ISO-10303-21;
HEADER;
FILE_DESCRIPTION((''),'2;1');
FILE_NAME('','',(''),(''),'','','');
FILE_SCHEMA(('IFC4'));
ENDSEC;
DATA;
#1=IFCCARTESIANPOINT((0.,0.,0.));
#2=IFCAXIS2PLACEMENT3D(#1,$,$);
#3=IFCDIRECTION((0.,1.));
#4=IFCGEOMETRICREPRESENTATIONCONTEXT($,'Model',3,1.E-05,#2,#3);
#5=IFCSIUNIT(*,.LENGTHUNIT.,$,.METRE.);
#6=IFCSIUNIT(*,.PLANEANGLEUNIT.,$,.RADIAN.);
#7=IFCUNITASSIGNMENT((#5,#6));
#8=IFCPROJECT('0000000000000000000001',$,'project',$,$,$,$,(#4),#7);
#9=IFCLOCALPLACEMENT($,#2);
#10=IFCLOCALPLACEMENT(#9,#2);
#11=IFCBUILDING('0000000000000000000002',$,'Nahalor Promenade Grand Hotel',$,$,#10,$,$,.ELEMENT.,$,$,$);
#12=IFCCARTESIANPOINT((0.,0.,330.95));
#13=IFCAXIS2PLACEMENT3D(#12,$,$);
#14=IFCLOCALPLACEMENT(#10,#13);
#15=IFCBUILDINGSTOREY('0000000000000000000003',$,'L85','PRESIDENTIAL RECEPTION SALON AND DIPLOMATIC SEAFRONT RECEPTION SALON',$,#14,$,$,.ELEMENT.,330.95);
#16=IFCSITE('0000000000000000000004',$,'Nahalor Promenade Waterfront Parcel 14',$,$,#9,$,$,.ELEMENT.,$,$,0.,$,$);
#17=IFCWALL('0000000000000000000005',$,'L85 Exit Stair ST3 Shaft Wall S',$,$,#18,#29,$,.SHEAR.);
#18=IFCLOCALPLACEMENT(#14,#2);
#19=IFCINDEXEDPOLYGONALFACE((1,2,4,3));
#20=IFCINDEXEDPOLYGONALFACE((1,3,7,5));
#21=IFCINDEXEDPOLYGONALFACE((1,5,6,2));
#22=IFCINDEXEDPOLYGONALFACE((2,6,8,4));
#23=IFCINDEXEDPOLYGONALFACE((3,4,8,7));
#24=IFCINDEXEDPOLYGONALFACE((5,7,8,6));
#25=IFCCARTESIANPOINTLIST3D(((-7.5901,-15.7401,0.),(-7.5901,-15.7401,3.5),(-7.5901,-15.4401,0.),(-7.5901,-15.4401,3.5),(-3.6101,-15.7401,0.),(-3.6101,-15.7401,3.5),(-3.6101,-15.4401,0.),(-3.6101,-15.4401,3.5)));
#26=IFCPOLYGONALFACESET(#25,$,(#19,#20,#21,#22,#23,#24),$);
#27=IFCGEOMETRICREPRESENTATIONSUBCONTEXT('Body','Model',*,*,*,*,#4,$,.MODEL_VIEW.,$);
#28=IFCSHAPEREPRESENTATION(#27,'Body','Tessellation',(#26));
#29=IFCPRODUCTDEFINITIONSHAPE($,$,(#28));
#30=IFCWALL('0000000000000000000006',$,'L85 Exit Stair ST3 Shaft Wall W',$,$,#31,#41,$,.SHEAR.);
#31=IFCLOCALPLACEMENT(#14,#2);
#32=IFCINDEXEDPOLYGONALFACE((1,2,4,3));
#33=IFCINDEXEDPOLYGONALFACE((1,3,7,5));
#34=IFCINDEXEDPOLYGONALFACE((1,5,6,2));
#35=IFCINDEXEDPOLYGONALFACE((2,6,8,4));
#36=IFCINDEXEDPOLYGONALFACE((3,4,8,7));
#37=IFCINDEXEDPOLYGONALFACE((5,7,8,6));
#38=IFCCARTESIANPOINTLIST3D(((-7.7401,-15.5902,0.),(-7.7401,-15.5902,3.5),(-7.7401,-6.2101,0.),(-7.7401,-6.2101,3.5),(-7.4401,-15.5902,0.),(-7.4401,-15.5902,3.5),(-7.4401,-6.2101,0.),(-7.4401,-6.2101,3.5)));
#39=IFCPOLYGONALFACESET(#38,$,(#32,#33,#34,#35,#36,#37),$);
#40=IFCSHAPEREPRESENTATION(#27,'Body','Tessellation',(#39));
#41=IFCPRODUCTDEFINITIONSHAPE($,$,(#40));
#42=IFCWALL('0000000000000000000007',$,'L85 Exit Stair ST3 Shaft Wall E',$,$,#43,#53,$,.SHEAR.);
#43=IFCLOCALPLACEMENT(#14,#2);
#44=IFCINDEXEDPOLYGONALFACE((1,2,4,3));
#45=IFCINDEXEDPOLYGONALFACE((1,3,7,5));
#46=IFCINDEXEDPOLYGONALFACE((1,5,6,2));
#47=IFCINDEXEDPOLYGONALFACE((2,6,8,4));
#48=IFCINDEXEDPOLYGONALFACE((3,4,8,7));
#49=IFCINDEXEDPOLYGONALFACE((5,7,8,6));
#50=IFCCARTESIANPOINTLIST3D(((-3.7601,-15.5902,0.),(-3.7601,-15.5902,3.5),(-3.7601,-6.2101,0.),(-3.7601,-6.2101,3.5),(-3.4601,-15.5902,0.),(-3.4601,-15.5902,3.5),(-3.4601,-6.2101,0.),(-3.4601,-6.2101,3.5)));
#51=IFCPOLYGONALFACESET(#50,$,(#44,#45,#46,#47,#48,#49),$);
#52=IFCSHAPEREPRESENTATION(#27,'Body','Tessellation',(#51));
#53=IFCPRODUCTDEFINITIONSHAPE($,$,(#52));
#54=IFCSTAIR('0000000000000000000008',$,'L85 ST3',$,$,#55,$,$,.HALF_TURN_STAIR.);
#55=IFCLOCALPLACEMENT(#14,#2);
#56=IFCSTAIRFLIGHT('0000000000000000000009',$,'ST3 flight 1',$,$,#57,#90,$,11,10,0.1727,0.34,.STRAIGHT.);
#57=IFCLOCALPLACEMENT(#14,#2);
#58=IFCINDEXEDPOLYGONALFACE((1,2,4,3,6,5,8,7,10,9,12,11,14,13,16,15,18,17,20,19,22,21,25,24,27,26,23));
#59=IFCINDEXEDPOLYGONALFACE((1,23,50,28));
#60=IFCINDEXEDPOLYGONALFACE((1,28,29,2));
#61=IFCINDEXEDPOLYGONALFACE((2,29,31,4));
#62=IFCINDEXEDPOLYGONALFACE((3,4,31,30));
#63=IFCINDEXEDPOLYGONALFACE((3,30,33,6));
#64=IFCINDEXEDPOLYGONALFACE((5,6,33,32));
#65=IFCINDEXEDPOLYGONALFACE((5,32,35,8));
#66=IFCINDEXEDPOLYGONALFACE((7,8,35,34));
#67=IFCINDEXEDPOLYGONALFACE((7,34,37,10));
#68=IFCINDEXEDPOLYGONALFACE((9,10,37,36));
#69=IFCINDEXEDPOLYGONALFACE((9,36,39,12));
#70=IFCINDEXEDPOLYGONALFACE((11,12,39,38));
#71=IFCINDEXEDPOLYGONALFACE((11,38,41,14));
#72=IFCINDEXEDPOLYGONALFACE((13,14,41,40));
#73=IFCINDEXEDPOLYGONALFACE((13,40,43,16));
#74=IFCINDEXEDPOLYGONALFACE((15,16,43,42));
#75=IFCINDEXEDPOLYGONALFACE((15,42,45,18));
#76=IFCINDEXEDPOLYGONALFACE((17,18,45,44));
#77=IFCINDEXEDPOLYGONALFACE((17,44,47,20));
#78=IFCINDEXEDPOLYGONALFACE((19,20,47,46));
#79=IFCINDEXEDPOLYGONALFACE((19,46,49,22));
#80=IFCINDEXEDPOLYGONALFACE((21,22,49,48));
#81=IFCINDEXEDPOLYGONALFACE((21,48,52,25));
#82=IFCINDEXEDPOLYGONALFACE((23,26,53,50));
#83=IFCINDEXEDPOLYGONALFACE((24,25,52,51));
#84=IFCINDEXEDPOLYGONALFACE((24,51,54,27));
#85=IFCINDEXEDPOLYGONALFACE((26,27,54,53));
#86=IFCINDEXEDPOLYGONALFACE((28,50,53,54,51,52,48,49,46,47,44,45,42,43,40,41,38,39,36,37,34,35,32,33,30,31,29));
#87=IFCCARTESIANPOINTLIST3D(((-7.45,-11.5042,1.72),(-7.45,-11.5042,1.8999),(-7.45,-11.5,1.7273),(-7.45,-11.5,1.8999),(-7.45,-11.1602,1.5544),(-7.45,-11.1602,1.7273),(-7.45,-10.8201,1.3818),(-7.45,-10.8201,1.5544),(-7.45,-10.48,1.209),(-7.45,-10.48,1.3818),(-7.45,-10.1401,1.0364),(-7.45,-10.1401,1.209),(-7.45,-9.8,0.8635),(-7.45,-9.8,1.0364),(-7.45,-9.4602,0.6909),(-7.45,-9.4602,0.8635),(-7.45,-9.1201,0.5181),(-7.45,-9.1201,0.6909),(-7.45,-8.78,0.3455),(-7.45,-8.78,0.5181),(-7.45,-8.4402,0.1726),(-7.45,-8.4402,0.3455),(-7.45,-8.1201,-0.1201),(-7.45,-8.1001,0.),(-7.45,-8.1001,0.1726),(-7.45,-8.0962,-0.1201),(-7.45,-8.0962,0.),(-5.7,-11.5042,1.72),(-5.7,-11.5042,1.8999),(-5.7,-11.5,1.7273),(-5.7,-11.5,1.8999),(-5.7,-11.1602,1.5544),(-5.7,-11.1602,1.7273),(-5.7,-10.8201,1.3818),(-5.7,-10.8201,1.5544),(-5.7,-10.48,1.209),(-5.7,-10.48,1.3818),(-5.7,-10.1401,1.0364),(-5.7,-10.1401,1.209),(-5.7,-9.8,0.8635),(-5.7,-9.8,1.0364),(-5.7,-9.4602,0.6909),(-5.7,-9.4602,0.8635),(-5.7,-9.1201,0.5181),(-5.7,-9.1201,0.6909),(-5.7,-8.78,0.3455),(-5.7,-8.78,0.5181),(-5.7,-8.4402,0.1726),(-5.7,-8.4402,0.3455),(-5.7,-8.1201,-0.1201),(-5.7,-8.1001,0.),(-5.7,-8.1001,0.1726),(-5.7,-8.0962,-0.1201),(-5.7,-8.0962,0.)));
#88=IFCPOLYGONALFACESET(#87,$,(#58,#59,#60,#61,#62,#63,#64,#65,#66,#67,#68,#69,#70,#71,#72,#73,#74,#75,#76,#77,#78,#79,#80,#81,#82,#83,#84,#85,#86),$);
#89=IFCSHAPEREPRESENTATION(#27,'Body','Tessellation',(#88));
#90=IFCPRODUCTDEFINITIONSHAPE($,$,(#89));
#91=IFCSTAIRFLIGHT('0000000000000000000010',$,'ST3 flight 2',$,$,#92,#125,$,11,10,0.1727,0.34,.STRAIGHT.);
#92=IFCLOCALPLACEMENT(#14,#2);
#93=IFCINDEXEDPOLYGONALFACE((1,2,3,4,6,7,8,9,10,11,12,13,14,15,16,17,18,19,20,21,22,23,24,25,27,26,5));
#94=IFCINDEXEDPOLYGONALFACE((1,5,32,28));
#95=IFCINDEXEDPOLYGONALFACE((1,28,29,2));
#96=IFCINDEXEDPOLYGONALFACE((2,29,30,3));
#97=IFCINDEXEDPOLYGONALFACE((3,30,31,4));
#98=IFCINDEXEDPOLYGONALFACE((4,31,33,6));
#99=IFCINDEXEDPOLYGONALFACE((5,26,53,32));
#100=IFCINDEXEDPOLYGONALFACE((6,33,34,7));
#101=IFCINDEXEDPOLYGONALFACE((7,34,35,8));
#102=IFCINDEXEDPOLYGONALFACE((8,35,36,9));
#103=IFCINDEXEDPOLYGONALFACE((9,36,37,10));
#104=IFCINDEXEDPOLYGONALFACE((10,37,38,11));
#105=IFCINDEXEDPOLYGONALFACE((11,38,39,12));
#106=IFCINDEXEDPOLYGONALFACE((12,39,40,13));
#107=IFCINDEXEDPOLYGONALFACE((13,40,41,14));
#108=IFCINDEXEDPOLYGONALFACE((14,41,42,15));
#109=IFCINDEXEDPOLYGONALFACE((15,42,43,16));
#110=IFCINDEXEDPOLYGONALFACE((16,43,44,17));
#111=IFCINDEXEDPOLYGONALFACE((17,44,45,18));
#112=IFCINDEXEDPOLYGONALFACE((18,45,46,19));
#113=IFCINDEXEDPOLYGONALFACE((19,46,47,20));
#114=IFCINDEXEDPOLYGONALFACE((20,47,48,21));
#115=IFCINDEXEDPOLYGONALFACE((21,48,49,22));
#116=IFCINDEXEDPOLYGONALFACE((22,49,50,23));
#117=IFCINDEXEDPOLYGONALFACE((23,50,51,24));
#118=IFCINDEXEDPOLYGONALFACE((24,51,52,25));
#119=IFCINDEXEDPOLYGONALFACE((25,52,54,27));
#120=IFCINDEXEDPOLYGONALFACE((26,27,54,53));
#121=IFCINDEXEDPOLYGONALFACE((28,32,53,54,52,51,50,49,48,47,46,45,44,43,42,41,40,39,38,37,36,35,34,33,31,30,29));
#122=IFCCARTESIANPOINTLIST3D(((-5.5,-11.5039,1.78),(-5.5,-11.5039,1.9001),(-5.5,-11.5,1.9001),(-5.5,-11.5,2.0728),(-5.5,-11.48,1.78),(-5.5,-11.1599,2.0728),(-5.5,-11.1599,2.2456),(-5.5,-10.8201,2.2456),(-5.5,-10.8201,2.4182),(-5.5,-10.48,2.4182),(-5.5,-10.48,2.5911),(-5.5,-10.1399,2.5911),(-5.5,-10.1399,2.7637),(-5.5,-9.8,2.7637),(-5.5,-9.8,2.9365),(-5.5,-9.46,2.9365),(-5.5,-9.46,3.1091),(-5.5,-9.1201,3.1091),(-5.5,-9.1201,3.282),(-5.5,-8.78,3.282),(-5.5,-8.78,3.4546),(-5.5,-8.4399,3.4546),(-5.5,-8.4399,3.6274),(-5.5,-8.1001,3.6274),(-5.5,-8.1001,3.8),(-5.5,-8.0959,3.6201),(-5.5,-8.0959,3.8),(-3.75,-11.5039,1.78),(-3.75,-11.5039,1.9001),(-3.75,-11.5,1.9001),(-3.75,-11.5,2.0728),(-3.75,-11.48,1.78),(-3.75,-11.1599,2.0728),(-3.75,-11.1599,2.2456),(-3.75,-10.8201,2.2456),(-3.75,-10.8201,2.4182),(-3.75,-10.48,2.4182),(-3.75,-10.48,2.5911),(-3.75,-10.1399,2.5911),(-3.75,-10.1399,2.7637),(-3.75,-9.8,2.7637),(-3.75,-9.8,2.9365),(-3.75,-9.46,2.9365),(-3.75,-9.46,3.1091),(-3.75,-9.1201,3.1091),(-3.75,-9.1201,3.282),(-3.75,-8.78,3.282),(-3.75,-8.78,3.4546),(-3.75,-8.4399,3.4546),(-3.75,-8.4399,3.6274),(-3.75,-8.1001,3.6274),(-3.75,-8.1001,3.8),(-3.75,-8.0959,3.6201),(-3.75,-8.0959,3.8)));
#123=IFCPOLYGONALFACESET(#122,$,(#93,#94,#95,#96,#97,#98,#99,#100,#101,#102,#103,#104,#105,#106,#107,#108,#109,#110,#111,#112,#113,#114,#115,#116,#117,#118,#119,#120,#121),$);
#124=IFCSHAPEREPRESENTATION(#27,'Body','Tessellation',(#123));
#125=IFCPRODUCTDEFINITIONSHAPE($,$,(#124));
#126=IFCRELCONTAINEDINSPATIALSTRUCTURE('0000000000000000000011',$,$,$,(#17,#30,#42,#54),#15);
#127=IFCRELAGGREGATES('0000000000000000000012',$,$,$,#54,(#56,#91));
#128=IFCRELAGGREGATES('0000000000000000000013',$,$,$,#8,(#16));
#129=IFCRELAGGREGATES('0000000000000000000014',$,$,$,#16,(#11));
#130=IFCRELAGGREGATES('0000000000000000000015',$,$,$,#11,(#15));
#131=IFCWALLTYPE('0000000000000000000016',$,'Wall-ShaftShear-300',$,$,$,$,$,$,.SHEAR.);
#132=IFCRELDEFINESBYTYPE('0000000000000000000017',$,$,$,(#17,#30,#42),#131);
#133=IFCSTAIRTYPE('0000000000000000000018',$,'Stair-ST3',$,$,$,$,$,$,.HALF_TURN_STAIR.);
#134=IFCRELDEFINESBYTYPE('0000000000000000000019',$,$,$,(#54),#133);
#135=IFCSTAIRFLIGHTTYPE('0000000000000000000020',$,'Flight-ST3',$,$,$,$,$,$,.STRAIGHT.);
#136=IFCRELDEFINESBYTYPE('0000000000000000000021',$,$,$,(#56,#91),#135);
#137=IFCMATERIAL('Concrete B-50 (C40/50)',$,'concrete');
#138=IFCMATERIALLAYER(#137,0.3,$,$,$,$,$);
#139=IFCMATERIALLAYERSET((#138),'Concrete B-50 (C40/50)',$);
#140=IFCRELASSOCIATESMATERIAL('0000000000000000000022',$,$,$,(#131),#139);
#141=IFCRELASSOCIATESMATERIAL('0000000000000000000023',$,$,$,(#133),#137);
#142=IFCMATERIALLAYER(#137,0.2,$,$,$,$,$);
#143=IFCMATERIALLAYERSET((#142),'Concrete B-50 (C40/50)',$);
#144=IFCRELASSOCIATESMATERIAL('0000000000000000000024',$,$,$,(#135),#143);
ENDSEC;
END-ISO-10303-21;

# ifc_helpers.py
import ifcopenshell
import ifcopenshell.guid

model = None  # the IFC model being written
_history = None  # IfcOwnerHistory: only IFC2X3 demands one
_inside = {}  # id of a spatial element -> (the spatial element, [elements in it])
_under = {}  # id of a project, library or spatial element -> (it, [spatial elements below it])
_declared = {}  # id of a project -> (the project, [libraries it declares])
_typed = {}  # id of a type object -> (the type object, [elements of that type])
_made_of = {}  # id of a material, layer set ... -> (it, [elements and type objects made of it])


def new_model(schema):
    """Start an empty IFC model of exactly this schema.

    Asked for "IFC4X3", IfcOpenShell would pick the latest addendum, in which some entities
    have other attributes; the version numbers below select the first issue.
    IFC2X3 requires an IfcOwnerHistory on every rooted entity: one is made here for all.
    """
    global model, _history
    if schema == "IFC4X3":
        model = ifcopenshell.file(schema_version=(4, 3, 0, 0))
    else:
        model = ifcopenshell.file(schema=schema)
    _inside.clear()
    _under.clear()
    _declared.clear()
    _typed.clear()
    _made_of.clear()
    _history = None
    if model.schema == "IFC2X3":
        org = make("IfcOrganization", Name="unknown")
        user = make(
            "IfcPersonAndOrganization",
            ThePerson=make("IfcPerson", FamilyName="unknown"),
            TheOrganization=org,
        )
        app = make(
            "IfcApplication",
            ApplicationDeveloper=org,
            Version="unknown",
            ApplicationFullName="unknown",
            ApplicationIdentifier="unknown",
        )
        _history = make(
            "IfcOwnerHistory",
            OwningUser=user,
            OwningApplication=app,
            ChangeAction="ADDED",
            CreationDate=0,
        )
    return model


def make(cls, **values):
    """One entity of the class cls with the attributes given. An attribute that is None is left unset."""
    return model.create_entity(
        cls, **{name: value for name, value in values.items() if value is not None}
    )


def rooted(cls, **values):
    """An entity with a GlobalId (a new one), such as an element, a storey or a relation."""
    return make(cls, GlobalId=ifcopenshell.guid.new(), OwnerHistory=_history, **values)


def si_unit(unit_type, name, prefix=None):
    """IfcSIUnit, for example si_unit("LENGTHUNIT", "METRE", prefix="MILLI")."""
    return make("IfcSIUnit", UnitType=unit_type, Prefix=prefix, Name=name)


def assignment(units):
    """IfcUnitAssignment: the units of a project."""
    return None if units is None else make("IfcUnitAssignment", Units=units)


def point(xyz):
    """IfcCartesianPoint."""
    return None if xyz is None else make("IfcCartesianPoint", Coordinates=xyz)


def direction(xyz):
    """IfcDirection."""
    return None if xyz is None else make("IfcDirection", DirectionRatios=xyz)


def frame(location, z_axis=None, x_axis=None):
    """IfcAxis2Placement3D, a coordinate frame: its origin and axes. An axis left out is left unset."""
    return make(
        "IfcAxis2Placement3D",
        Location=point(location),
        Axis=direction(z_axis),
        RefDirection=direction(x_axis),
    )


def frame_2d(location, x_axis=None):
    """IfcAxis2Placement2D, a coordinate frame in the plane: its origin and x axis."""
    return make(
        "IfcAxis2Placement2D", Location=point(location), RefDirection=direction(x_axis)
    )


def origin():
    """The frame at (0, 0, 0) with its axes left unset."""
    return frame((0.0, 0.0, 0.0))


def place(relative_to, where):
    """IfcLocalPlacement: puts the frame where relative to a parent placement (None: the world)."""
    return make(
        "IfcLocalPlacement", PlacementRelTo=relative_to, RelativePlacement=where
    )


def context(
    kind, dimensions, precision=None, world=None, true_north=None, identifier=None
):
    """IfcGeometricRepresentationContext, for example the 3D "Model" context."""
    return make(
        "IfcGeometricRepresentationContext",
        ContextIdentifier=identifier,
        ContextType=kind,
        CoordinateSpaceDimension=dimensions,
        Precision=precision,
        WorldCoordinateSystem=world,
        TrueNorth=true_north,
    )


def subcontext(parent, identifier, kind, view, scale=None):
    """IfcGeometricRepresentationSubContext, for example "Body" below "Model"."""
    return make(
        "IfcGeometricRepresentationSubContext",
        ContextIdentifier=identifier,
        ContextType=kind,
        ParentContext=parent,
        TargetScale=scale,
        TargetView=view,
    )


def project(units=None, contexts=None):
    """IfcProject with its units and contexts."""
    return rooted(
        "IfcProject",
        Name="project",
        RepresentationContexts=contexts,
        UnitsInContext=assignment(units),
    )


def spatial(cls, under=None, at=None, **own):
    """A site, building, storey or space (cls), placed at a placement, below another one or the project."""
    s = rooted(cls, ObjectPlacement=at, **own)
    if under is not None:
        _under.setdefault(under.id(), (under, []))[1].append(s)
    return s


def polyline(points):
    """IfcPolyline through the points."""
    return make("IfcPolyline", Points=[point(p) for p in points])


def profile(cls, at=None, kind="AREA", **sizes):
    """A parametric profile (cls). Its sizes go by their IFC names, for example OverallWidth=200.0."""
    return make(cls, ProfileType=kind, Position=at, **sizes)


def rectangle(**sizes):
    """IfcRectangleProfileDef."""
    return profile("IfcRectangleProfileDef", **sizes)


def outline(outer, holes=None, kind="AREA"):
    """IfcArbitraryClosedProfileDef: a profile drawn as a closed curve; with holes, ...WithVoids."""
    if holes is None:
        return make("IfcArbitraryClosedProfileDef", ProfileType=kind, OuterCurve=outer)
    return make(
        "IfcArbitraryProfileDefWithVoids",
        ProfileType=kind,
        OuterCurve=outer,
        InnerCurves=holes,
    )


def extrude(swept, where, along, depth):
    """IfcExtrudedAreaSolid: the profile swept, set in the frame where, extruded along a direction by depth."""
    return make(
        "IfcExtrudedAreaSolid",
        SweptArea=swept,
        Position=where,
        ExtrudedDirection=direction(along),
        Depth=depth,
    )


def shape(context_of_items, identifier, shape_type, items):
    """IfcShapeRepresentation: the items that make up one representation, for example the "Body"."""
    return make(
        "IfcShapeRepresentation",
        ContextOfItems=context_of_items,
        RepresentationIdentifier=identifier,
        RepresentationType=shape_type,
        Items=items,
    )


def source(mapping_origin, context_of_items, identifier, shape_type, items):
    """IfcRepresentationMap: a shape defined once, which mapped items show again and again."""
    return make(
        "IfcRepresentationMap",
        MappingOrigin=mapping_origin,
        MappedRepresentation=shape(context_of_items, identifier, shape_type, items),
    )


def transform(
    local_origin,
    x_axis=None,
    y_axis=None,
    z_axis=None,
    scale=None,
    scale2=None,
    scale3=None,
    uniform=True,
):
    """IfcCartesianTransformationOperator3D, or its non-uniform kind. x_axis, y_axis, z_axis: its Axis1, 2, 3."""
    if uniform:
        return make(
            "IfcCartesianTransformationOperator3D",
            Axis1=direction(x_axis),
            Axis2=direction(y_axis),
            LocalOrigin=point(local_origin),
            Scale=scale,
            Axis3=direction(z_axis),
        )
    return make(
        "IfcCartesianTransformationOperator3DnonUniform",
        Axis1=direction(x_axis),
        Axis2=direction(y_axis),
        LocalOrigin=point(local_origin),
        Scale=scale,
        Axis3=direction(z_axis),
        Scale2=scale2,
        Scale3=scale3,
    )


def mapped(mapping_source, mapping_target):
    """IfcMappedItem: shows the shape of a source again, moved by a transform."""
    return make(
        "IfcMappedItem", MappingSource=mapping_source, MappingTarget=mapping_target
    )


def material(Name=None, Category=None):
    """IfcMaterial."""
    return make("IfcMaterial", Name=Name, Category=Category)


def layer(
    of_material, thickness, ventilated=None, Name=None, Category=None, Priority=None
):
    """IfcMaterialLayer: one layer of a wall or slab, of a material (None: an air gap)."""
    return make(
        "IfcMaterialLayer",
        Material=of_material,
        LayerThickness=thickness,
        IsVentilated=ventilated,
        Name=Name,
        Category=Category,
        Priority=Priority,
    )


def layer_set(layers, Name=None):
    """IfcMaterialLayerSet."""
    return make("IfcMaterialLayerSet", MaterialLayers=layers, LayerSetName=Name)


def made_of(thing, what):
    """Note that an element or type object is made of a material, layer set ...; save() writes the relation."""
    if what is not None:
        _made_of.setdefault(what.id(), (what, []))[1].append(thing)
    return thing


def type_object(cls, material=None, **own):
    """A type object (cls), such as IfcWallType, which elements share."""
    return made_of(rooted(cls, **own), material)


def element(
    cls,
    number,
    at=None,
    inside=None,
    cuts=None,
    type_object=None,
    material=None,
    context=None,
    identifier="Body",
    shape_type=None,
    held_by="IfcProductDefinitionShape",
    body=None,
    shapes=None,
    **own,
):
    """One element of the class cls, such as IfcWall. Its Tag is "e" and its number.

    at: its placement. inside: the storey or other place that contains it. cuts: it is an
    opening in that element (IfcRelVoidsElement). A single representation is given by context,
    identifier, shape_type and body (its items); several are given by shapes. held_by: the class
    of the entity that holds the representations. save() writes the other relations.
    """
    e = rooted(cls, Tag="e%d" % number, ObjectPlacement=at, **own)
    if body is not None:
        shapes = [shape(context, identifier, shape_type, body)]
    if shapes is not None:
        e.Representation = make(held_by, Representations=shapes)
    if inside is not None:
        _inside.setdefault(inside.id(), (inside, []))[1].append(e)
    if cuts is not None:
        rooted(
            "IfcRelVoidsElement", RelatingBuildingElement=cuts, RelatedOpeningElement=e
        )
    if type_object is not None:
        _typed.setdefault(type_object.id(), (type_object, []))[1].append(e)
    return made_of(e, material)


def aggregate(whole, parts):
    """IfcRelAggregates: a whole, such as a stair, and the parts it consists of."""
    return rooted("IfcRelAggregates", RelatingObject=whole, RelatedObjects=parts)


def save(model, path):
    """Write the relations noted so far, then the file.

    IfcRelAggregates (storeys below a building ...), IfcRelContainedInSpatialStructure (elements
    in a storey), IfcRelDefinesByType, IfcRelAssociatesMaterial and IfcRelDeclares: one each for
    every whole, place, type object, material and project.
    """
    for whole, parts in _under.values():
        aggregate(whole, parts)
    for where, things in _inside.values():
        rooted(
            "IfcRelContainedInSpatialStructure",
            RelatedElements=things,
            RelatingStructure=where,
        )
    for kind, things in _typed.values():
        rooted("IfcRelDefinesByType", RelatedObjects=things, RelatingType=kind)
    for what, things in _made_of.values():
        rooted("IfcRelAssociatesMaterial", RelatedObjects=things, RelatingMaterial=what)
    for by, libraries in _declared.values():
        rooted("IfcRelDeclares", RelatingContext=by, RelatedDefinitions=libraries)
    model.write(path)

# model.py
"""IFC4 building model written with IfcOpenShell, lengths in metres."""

from ifc_helpers import new_model, si_unit, direction, frame, frame_2d, origin, place, context, subcontext, project, spatial, polyline, rectangle, outline, extrude, source, transform, mapped, material, layer, layer_set, type_object, element, aggregate, save


model = new_model("IFC4")

# Units and contexts
model_context = context("Model", 3, precision=1e-05, world=origin(), true_north=direction((0.0, 1.0)))
body_context = subcontext(model_context, "Body", "Model", "MODEL_VIEW")
ifc_project = project(units=[si_unit("LENGTHUNIT", "METRE"), si_unit("PLANEANGLEUNIT", "RADIAN")], contexts=[model_context])

# Site, building, storey
site_placement = place(None, origin())
site = spatial("IfcSite", under=ifc_project, at=site_placement, Name="Nahalor Promenade Waterfront Parcel 14", CompositionType="ELEMENT", RefElevation=0.0)
building_placement = place(site_placement, origin())
building = spatial("IfcBuilding", under=site, at=building_placement, Name="Nahalor Promenade Grand Hotel", CompositionType="ELEMENT")
storey_placement = place(building_placement, frame((0.0, 0.0, 330.95)))
storey = spatial("IfcBuildingStorey", under=building, at=storey_placement, Name="L85", Description="PRESIDENTIAL RECEPTION SALON AND DIPLOMATIC SEAFRONT RECEPTION SALON", CompositionType="ELEMENT", Elevation=330.95)

# Shared definitions
ifc_material_1 = material(Name="Concrete B-50 (C40/50)", Category="concrete")

# Wall
ifc_layer_1 = layer(ifc_material_1, 0.3)
ifc_layer_set_1 = layer_set([ifc_layer_1], Name="Concrete B-50 (C40/50)")
wall_type = type_object("IfcWallType", Name="Wall-ShaftShear-300", PredefinedType="SHEAR", material=ifc_layer_set_1)
shared_shape_1 = source(origin(), body_context, "Body", "SweptSolid", [
    extrude(rectangle(XDim=3.98, YDim=0.3, at=frame_2d((1.99, 0.0))), origin(), (0.0, 0.0, 1.0), 3.5),
])
wall_1_placement = place(storey_placement, frame((-7.5901, -15.5901, 0.0), z_axis=(0.0, 0.0, 1.0), x_axis=(1.0, 0.0, 0.0)))
element("IfcWall", 1, at=wall_1_placement, inside=storey, type_object=wall_type, Name="L85 Exit Stair ST3 Shaft Wall S", PredefinedType="SHEAR", context=body_context, shape_type="MappedRepresentation", body=[
    mapped(shared_shape_1, transform((0.0, 0.0, 0.0), scale=1.0)),
])

# Walls
shared_shape_2 = source(origin(), body_context, "Body", "SweptSolid", [
    extrude(rectangle(XDim=9.3801, YDim=0.3, at=frame_2d((4.6899, 0.0))), origin(), (0.0, 0.0, 1.0), 3.5),
])
for number, where, z_axis, x_axis, name in (
    (2, (-7.5901, -15.5901, 0.0), (0.0, 0.0, 1.0), (0.0, 1.0, 0.0), "L85 Exit Stair ST3 Shaft Wall W"),
    (3, (-3.6101, -15.5901, 0.0), (0.0, 0.0, 1.0), (0.0, 1.0, 0.0), "L85 Exit Stair ST3 Shaft Wall E"),
):
    element("IfcWall", number, at=place(storey_placement, frame(where, z_axis=z_axis, x_axis=x_axis)), inside=storey, type_object=wall_type, Name=name, PredefinedType="SHEAR", context=body_context, shape_type="MappedRepresentation", body=[
        mapped(shared_shape_2, transform((0.0, 0.0, 0.0), scale=1.0)),
    ])

# Stair, stair flights
stair_type = type_object("IfcStairType", Name="Stair-ST3", PredefinedType="HALF_TURN_STAIR", material=ifc_material_1)
stair_placement = place(storey_placement, origin())
stair = element("IfcStair", 4, at=stair_placement, inside=storey, type_object=stair_type, Name="L85 ST3", PredefinedType="HALF_TURN_STAIR")
ifc_layer_2 = layer(ifc_material_1, 0.2)
ifc_layer_set_2 = layer_set([ifc_layer_2], Name="Concrete B-50 (C40/50)")
stair_flight_type = type_object("IfcStairFlightType", Name="Flight-ST3", PredefinedType="STRAIGHT", material=ifc_layer_set_2)
shared_shape_3 = source(origin(), body_context, "Body", "SweptSolid", [
    extrude(outline(polyline([(-0.0039, -0.1201), (-0.0039, 0.0), (0.0, 0.0), (0.0, 0.1726), (0.3401, 0.1726), (0.3401, 0.3455), (0.6799, 0.3455), (0.6799, 0.5181), (1.02, 0.5181), (1.02, 0.6909), (1.3601, 0.6909), (1.3601, 0.8635), (1.7, 0.8635), (1.7, 1.0364), (2.04, 1.0364), (2.04, 1.209), (2.3799, 1.209), (2.3799, 1.3818), (2.72, 1.3818), (2.72, 1.5544), (3.0601, 1.5544), (3.0601, 1.7273), (3.3999, 1.7273), (3.3999, 1.8999), (3.4041, 1.8999), (3.4041, 1.72), (0.02, -0.1201), (-0.0039, -0.1201)])), frame((0.0, 0.875, 0.0), z_axis=(0.0, -1.0, 0.0), x_axis=(1.0, 0.0, 0.0)), (0.0, 0.0, 1.0), 1.75),
])
stair_flight_1_placement = place(storey_placement, frame((-6.575, -8.1001, 0.0), z_axis=(0.0, 0.0, 1.0), x_axis=(0.0, -1.0, 0.0)))
stair_flight_1 = element("IfcStairFlight", 5, at=stair_flight_1_placement, type_object=stair_flight_type, Name="ST3 flight 1", NumberOfRisers=11, NumberOfTreads=10, PredefinedType="STRAIGHT", RiserHeight=0.1727, TreadLength=0.34, context=body_context, shape_type="MappedRepresentation", body=[
    mapped(shared_shape_3, transform((0.0, 0.0, 0.0), scale=1.0)),
])
stair_flight_2_placement = place(storey_placement, frame((-4.625, -11.5, 1.9001), z_axis=(0.0, 0.0, 1.0), x_axis=(0.0, 1.0, 0.0)))
stair_flight_2 = element("IfcStairFlight", 6, at=stair_flight_2_placement, type_object=stair_flight_type, Name="ST3 flight 2", NumberOfRisers=11, NumberOfTreads=10, PredefinedType="STRAIGHT", RiserHeight=0.1727, TreadLength=0.34, context=body_context, shape_type="MappedRepresentation", body=[
    mapped(shared_shape_3, transform((0.0, 0.0, 0.0), scale=1.0)),
])
aggregate(stair, [stair_flight_1, stair_flight_2])

save(model, "model.ifc")
